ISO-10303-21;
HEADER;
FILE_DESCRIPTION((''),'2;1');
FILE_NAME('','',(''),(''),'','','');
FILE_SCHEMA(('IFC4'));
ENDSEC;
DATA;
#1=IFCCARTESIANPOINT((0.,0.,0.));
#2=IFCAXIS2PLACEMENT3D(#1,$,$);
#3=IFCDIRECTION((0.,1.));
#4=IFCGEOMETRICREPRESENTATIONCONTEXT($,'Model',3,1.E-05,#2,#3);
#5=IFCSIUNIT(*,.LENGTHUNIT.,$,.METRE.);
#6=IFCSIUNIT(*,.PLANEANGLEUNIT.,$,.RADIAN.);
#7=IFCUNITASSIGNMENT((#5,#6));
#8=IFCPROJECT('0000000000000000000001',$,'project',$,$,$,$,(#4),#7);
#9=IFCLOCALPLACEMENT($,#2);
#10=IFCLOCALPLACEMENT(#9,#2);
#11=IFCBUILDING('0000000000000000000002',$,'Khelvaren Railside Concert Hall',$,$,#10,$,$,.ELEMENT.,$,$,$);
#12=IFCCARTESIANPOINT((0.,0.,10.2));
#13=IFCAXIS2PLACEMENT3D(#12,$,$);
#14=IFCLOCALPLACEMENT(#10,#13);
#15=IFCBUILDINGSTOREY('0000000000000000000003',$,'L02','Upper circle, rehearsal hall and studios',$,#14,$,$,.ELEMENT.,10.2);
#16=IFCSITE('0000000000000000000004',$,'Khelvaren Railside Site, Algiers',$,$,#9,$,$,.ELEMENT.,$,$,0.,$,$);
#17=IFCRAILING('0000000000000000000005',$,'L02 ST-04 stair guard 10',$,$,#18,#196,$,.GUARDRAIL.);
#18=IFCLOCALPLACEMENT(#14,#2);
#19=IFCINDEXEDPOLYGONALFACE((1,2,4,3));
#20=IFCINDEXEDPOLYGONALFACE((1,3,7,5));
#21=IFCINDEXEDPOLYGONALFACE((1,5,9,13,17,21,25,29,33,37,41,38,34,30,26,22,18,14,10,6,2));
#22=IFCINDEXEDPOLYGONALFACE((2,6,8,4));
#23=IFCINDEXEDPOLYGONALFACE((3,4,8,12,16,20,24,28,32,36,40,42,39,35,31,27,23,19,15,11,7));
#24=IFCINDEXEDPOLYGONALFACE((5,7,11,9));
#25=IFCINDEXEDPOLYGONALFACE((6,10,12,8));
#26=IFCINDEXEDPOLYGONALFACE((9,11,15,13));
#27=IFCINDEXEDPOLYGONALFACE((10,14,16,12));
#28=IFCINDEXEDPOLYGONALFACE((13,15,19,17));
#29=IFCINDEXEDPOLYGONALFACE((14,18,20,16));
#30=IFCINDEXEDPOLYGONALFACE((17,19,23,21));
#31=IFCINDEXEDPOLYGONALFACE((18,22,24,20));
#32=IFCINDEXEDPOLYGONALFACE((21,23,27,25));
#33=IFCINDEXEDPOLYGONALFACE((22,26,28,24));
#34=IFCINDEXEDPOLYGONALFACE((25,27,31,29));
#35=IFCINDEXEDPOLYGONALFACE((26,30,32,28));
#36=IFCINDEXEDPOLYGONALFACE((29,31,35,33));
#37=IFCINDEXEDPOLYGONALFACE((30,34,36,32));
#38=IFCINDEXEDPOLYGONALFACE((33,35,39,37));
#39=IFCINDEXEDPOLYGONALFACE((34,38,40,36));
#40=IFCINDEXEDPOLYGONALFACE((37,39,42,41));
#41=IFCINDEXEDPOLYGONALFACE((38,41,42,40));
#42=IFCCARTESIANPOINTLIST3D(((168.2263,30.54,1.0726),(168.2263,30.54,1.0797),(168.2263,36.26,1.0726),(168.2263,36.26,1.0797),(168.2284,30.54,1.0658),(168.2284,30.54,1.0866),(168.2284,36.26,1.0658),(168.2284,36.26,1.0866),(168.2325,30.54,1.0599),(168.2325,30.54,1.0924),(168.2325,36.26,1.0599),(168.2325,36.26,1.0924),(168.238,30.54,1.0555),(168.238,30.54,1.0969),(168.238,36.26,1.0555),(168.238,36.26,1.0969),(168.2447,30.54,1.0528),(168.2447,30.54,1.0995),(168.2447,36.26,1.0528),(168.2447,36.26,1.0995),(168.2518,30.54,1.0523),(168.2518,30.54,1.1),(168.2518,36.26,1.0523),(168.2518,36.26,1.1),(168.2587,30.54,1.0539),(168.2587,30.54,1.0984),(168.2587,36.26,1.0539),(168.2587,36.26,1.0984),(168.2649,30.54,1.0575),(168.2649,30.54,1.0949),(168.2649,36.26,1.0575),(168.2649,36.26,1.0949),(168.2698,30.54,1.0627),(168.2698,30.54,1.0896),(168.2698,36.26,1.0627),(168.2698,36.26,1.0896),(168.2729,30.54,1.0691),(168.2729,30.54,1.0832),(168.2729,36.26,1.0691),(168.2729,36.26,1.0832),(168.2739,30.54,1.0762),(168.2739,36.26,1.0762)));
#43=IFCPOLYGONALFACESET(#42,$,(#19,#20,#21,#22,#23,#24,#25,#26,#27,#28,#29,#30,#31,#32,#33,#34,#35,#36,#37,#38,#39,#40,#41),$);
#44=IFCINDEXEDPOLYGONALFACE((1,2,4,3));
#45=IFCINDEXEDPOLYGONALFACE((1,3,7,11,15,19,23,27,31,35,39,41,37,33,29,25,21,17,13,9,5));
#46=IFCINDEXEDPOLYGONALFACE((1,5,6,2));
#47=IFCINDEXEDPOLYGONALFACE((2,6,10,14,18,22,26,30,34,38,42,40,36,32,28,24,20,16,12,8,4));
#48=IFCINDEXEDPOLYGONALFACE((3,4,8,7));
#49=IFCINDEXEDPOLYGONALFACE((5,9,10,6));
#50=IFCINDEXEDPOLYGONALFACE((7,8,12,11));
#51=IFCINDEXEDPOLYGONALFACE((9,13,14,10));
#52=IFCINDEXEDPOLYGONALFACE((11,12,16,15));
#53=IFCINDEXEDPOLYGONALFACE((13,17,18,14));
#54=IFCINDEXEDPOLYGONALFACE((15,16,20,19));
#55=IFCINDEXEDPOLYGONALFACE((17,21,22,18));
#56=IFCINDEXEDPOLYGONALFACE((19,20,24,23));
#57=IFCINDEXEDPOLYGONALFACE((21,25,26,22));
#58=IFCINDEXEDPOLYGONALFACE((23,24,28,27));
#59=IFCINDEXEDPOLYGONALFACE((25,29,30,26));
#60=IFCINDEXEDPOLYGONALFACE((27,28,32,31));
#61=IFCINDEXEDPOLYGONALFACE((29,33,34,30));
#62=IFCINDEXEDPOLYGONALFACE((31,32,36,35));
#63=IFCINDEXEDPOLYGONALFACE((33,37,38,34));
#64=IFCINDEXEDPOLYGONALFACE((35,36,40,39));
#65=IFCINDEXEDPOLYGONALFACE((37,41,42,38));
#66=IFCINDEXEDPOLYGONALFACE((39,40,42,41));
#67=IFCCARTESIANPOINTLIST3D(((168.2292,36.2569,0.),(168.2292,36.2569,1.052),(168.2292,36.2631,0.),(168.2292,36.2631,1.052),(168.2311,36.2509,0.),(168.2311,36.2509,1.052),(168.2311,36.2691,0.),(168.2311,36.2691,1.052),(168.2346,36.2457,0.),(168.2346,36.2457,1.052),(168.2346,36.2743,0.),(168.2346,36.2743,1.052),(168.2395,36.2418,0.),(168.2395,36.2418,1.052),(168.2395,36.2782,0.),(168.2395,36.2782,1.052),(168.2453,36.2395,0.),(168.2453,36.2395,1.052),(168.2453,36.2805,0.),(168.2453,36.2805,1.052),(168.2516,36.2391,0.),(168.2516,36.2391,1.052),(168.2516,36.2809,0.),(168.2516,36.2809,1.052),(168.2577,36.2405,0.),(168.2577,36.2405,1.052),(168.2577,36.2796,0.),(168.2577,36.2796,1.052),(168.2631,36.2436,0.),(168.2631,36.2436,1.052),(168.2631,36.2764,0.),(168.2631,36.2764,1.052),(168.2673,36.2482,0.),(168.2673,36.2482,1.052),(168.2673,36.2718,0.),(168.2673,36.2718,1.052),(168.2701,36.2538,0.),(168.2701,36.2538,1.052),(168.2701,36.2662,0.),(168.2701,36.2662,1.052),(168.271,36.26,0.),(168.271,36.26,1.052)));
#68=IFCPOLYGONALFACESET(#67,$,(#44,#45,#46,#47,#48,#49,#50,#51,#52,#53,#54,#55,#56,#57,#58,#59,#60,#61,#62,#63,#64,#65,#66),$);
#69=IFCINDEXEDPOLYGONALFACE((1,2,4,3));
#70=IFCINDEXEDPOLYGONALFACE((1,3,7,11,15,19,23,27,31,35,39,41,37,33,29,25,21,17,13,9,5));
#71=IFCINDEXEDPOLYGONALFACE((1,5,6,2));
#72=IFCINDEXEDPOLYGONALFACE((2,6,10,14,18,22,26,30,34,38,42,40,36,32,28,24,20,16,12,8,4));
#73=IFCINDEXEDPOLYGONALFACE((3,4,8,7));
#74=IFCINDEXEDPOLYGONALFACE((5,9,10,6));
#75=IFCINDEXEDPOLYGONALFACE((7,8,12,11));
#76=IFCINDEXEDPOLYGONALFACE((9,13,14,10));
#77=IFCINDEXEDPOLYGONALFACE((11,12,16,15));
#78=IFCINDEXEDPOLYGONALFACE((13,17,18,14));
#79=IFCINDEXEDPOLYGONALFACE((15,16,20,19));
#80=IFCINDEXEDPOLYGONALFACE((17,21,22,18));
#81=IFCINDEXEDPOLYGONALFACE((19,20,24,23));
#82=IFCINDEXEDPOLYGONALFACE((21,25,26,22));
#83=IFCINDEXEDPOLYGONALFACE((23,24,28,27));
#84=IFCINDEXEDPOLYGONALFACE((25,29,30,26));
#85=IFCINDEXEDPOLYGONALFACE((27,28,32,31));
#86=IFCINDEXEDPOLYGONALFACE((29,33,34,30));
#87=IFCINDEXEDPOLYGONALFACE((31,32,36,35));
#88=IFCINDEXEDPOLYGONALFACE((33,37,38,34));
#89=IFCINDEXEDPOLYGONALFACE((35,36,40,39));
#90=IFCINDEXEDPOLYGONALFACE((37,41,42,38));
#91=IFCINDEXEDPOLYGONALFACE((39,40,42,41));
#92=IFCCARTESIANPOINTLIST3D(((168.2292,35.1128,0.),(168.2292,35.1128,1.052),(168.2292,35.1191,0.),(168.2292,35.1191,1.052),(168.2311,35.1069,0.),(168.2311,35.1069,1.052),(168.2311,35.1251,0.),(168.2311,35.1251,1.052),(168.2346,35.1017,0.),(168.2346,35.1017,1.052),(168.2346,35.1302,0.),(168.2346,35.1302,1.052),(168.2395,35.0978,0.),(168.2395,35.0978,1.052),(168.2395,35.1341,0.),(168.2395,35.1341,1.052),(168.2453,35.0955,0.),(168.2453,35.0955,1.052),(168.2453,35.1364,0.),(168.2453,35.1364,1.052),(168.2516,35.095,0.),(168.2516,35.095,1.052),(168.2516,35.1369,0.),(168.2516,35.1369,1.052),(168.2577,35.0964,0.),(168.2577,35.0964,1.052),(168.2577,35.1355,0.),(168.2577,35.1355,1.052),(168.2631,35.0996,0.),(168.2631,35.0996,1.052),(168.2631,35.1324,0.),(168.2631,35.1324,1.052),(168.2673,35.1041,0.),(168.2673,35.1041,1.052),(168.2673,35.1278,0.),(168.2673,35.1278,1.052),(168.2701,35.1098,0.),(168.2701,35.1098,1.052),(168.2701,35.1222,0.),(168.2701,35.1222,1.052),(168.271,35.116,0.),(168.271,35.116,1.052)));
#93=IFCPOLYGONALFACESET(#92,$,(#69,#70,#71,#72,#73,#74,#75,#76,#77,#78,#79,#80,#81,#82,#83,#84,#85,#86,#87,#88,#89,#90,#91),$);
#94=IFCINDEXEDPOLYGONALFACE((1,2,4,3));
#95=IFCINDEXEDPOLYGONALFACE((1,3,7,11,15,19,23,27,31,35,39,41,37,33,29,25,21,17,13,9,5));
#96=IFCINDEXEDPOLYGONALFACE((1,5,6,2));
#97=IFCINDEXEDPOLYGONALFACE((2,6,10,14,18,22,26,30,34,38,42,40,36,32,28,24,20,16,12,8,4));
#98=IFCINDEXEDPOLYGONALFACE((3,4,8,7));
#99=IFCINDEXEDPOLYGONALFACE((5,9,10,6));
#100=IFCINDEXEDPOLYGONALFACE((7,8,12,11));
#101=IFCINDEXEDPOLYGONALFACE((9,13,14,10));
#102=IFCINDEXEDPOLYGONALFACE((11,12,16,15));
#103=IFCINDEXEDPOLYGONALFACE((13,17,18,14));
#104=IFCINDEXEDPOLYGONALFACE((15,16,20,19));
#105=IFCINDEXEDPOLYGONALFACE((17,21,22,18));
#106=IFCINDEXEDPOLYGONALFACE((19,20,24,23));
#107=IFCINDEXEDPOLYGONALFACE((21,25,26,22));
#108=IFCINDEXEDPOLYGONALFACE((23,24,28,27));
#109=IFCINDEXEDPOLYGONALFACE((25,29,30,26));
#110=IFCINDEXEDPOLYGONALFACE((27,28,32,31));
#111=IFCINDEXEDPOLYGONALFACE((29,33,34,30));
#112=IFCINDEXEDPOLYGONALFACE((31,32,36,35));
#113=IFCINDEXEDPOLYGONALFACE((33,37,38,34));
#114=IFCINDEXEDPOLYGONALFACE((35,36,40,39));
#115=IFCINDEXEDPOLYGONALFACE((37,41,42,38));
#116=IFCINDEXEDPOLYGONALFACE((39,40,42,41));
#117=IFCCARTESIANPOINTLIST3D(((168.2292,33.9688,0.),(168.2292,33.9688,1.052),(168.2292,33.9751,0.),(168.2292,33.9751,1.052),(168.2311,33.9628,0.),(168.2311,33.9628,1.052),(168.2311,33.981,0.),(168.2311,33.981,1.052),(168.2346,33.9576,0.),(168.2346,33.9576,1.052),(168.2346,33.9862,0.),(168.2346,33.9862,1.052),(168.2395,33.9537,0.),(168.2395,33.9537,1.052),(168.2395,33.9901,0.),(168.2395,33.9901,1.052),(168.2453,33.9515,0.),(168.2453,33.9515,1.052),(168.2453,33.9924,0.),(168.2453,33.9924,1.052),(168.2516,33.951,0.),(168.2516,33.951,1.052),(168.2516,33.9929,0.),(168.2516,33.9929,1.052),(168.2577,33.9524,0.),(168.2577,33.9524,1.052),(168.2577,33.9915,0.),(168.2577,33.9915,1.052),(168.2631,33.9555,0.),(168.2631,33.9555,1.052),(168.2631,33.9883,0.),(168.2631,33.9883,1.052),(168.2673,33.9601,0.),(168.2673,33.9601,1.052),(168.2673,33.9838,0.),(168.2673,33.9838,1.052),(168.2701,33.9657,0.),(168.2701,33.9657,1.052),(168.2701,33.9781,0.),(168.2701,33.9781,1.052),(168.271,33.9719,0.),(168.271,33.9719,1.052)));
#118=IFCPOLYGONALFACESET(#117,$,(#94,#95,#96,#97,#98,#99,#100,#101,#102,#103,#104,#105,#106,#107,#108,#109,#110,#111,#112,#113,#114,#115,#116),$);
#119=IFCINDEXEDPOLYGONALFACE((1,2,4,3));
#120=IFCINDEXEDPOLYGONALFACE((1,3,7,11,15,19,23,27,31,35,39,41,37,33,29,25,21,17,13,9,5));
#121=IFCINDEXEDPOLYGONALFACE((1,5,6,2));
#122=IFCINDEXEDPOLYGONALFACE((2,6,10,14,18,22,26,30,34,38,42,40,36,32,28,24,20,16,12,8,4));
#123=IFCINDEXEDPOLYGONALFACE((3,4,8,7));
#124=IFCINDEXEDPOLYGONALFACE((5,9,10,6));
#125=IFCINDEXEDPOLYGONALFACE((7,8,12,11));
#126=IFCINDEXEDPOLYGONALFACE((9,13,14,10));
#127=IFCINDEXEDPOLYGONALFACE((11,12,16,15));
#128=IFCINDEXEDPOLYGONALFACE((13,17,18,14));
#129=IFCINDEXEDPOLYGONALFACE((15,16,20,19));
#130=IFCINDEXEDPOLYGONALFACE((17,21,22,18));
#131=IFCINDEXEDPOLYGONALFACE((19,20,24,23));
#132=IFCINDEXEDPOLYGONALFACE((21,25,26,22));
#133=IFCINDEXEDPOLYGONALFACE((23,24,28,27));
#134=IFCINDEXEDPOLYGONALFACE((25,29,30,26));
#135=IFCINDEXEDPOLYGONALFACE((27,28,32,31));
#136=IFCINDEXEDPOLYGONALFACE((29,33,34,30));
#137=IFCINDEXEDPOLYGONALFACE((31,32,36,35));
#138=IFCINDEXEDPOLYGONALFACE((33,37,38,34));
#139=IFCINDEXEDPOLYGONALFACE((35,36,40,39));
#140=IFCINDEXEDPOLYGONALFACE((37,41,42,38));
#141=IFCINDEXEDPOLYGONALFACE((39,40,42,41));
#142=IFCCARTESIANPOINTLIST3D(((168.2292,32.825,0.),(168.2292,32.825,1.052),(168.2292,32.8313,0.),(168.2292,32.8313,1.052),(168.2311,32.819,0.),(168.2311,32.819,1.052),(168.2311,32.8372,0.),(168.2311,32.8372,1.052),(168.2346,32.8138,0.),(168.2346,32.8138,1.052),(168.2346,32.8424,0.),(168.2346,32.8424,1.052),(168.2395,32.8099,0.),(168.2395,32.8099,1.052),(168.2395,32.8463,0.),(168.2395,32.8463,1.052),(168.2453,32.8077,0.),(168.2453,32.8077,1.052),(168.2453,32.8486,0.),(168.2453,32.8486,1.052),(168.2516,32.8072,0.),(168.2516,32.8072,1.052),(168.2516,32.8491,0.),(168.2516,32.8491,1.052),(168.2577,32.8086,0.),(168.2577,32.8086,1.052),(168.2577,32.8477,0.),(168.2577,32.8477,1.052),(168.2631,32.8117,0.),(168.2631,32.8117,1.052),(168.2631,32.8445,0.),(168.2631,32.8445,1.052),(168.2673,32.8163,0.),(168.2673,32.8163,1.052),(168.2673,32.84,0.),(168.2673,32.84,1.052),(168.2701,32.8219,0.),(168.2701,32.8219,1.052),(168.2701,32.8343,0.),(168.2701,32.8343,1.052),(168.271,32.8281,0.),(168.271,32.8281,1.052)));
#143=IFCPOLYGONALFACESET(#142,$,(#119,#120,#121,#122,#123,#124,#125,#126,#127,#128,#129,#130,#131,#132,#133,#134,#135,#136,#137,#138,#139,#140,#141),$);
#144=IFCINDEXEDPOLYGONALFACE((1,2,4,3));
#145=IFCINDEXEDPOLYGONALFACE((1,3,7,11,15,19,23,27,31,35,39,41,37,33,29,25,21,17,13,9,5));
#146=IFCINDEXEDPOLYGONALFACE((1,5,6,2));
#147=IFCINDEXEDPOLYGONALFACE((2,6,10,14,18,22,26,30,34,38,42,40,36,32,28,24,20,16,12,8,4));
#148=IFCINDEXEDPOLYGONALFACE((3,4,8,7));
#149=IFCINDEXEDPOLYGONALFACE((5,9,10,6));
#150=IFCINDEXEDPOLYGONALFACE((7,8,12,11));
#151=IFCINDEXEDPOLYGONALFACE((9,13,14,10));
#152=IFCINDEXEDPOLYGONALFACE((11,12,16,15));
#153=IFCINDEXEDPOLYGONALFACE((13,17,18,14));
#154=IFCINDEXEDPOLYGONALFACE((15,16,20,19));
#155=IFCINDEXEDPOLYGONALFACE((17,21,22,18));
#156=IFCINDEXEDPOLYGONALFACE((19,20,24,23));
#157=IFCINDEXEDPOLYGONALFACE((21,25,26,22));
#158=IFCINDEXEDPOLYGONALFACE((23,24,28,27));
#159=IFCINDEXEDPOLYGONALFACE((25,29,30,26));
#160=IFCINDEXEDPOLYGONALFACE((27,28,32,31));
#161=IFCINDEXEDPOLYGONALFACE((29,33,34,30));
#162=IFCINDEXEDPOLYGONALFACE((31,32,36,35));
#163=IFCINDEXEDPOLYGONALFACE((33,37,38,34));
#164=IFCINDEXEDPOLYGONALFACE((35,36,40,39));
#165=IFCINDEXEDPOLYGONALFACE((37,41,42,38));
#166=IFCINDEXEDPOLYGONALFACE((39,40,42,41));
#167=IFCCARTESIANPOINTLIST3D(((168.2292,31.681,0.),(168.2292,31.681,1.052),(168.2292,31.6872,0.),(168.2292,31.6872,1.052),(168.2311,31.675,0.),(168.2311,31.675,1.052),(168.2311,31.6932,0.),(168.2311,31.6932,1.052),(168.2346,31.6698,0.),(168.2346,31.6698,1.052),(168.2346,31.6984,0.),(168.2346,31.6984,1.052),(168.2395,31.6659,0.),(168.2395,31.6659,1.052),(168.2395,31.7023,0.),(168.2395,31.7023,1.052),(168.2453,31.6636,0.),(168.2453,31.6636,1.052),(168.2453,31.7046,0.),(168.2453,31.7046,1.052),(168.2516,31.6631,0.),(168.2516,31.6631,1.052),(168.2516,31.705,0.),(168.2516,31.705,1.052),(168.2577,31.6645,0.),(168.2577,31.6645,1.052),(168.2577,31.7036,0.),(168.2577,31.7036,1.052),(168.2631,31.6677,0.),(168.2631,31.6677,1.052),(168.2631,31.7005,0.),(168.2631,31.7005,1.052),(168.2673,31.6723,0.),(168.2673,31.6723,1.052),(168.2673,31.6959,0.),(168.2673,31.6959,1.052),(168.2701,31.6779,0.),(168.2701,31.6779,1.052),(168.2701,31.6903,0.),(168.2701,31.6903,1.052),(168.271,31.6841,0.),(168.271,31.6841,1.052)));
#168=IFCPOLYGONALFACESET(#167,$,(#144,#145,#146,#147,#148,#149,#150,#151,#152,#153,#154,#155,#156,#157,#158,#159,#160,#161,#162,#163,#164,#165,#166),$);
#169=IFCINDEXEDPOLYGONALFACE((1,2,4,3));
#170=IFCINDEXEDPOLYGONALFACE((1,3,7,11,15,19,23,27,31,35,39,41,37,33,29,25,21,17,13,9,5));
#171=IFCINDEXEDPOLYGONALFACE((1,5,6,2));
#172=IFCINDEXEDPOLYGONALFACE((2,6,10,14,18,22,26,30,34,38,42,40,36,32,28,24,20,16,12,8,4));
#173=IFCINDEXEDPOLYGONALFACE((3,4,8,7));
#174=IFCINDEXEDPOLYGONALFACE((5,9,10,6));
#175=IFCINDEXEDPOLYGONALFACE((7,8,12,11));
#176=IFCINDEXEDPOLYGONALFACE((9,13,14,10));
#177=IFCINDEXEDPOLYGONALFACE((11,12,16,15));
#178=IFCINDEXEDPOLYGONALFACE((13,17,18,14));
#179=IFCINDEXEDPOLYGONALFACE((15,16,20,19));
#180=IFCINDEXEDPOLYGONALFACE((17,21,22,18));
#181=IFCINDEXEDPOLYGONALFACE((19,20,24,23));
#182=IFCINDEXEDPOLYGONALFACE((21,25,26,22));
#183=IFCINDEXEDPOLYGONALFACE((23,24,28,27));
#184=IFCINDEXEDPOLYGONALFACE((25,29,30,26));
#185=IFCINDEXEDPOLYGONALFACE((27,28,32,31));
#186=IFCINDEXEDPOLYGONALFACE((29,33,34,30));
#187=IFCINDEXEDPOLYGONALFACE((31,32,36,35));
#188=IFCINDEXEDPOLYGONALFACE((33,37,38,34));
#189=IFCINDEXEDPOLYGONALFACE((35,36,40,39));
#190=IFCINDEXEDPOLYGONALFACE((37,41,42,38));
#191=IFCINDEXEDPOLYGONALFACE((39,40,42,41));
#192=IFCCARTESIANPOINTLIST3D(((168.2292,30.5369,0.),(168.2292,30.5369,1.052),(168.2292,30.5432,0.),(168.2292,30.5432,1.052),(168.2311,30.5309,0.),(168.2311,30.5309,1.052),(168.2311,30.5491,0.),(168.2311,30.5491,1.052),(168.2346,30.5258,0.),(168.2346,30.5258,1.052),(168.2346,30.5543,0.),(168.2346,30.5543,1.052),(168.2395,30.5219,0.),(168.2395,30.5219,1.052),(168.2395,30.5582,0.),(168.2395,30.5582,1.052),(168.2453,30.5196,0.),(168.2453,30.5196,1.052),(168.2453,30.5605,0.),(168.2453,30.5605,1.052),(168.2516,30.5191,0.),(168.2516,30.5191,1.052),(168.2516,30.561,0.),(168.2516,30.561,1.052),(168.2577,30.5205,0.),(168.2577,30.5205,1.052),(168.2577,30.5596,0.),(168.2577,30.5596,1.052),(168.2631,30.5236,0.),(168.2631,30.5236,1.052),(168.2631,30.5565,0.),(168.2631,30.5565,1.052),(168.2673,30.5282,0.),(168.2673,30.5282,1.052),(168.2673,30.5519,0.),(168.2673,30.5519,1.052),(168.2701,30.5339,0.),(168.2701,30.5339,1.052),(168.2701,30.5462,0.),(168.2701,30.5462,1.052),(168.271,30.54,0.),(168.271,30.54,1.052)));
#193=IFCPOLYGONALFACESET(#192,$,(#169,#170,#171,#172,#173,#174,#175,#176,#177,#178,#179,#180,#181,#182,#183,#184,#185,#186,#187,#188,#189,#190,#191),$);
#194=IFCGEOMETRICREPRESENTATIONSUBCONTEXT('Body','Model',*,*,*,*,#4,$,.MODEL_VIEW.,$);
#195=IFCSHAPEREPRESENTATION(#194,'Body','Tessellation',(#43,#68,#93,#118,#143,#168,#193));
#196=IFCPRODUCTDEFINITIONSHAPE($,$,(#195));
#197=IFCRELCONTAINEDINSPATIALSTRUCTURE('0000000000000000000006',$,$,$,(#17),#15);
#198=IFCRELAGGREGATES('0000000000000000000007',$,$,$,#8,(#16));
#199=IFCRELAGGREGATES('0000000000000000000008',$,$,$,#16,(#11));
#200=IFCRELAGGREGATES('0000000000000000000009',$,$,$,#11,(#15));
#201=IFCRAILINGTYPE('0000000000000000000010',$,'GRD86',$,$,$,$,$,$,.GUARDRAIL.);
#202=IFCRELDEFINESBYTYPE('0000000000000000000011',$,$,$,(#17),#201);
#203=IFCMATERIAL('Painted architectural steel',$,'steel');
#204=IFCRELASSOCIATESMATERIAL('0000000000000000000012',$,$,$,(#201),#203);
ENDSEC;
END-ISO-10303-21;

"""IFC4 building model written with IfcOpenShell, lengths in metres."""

from ifc_helpers import new_model, si_unit, direction, frame, origin, origin_2d, place, context, subcontext, project, spatial, circle, extrude, material, type_object, element, save


model = new_model("IFC4")

# Units and contexts
model_context = context("Model", 3, precision=1e-05, world=origin(), true_north=direction((0.0, 1.0)))
body_context = subcontext(model_context, "Body", "Model", "MODEL_VIEW")
ifc_project = project(units=[si_unit("LENGTHUNIT", "METRE"), si_unit("PLANEANGLEUNIT", "RADIAN")], contexts=[model_context])

# Site, building, storey
site_placement = place(None, origin())
site = spatial("IfcSite", under=ifc_project, at=site_placement, Name="Khelvaren Railside Site, Algiers", CompositionType="ELEMENT", RefElevation=0.0)
building_placement = place(site_placement, origin())
building = spatial("IfcBuilding", under=site, at=building_placement, Name="Khelvaren Railside Concert Hall", CompositionType="ELEMENT")
storey_placement = place(building_placement, frame((0.0, 0.0, 10.2)))
storey = spatial("IfcBuildingStorey", under=building, at=storey_placement, Name="L02", Description="Upper circle, rehearsal hall and studios", CompositionType="ELEMENT", Elevation=10.2)

# Railing
ifc_material_1 = material(Name="Painted architectural steel", Category="steel")
railing_type_1 = type_object("IfcRailingType", Name="GRD86", PredefinedType="GUARDRAIL", material=ifc_material_1)
for number, where, name in (
    (1, (168.25, 36.26, 0.0), "L02 ST-04 stair guard 10"),
):
    element("IfcRailing", number, at=place(storey_placement, frame(where)), inside=storey, type_object=railing_type_1, Name=name, PredefinedType="GUARDRAIL", context=body_context, shape_type="SweptSolid", body=[
        extrude(circle(Radius=0.0239, at=origin_2d()), frame((0.0, 0.0, 1.0762), z_axis=(0.0, -1.0, 0.0), x_axis=(1.0, 0.0, 0.0)), (0.0, 0.0, 1.0), 5.72),
        extrude(circle(Radius=0.021, at=origin_2d()), origin(), (0.0, 0.0, 1.0), 1.052),
        extrude(circle(Radius=0.021, at=origin_2d()), frame((0.0, -1.144, 0.0)), (0.0, 0.0, 1.0), 1.052),
        extrude(circle(Radius=0.021, at=origin_2d()), frame((0.0, -2.2881, 0.0)), (0.0, 0.0, 1.0), 1.052),
        extrude(circle(Radius=0.021, at=origin_2d()), frame((0.0, -3.4319, 0.0)), (0.0, 0.0, 1.0), 1.052),
        extrude(circle(Radius=0.021, at=origin_2d()), frame((0.0, -4.5759, 0.0)), (0.0, 0.0, 1.0), 1.052),
        extrude(circle(Radius=0.021, at=origin_2d()), frame((0.0, -5.72, 0.0)), (0.0, 0.0, 1.0), 1.052),
    ])

save(model, "model.ifc")
